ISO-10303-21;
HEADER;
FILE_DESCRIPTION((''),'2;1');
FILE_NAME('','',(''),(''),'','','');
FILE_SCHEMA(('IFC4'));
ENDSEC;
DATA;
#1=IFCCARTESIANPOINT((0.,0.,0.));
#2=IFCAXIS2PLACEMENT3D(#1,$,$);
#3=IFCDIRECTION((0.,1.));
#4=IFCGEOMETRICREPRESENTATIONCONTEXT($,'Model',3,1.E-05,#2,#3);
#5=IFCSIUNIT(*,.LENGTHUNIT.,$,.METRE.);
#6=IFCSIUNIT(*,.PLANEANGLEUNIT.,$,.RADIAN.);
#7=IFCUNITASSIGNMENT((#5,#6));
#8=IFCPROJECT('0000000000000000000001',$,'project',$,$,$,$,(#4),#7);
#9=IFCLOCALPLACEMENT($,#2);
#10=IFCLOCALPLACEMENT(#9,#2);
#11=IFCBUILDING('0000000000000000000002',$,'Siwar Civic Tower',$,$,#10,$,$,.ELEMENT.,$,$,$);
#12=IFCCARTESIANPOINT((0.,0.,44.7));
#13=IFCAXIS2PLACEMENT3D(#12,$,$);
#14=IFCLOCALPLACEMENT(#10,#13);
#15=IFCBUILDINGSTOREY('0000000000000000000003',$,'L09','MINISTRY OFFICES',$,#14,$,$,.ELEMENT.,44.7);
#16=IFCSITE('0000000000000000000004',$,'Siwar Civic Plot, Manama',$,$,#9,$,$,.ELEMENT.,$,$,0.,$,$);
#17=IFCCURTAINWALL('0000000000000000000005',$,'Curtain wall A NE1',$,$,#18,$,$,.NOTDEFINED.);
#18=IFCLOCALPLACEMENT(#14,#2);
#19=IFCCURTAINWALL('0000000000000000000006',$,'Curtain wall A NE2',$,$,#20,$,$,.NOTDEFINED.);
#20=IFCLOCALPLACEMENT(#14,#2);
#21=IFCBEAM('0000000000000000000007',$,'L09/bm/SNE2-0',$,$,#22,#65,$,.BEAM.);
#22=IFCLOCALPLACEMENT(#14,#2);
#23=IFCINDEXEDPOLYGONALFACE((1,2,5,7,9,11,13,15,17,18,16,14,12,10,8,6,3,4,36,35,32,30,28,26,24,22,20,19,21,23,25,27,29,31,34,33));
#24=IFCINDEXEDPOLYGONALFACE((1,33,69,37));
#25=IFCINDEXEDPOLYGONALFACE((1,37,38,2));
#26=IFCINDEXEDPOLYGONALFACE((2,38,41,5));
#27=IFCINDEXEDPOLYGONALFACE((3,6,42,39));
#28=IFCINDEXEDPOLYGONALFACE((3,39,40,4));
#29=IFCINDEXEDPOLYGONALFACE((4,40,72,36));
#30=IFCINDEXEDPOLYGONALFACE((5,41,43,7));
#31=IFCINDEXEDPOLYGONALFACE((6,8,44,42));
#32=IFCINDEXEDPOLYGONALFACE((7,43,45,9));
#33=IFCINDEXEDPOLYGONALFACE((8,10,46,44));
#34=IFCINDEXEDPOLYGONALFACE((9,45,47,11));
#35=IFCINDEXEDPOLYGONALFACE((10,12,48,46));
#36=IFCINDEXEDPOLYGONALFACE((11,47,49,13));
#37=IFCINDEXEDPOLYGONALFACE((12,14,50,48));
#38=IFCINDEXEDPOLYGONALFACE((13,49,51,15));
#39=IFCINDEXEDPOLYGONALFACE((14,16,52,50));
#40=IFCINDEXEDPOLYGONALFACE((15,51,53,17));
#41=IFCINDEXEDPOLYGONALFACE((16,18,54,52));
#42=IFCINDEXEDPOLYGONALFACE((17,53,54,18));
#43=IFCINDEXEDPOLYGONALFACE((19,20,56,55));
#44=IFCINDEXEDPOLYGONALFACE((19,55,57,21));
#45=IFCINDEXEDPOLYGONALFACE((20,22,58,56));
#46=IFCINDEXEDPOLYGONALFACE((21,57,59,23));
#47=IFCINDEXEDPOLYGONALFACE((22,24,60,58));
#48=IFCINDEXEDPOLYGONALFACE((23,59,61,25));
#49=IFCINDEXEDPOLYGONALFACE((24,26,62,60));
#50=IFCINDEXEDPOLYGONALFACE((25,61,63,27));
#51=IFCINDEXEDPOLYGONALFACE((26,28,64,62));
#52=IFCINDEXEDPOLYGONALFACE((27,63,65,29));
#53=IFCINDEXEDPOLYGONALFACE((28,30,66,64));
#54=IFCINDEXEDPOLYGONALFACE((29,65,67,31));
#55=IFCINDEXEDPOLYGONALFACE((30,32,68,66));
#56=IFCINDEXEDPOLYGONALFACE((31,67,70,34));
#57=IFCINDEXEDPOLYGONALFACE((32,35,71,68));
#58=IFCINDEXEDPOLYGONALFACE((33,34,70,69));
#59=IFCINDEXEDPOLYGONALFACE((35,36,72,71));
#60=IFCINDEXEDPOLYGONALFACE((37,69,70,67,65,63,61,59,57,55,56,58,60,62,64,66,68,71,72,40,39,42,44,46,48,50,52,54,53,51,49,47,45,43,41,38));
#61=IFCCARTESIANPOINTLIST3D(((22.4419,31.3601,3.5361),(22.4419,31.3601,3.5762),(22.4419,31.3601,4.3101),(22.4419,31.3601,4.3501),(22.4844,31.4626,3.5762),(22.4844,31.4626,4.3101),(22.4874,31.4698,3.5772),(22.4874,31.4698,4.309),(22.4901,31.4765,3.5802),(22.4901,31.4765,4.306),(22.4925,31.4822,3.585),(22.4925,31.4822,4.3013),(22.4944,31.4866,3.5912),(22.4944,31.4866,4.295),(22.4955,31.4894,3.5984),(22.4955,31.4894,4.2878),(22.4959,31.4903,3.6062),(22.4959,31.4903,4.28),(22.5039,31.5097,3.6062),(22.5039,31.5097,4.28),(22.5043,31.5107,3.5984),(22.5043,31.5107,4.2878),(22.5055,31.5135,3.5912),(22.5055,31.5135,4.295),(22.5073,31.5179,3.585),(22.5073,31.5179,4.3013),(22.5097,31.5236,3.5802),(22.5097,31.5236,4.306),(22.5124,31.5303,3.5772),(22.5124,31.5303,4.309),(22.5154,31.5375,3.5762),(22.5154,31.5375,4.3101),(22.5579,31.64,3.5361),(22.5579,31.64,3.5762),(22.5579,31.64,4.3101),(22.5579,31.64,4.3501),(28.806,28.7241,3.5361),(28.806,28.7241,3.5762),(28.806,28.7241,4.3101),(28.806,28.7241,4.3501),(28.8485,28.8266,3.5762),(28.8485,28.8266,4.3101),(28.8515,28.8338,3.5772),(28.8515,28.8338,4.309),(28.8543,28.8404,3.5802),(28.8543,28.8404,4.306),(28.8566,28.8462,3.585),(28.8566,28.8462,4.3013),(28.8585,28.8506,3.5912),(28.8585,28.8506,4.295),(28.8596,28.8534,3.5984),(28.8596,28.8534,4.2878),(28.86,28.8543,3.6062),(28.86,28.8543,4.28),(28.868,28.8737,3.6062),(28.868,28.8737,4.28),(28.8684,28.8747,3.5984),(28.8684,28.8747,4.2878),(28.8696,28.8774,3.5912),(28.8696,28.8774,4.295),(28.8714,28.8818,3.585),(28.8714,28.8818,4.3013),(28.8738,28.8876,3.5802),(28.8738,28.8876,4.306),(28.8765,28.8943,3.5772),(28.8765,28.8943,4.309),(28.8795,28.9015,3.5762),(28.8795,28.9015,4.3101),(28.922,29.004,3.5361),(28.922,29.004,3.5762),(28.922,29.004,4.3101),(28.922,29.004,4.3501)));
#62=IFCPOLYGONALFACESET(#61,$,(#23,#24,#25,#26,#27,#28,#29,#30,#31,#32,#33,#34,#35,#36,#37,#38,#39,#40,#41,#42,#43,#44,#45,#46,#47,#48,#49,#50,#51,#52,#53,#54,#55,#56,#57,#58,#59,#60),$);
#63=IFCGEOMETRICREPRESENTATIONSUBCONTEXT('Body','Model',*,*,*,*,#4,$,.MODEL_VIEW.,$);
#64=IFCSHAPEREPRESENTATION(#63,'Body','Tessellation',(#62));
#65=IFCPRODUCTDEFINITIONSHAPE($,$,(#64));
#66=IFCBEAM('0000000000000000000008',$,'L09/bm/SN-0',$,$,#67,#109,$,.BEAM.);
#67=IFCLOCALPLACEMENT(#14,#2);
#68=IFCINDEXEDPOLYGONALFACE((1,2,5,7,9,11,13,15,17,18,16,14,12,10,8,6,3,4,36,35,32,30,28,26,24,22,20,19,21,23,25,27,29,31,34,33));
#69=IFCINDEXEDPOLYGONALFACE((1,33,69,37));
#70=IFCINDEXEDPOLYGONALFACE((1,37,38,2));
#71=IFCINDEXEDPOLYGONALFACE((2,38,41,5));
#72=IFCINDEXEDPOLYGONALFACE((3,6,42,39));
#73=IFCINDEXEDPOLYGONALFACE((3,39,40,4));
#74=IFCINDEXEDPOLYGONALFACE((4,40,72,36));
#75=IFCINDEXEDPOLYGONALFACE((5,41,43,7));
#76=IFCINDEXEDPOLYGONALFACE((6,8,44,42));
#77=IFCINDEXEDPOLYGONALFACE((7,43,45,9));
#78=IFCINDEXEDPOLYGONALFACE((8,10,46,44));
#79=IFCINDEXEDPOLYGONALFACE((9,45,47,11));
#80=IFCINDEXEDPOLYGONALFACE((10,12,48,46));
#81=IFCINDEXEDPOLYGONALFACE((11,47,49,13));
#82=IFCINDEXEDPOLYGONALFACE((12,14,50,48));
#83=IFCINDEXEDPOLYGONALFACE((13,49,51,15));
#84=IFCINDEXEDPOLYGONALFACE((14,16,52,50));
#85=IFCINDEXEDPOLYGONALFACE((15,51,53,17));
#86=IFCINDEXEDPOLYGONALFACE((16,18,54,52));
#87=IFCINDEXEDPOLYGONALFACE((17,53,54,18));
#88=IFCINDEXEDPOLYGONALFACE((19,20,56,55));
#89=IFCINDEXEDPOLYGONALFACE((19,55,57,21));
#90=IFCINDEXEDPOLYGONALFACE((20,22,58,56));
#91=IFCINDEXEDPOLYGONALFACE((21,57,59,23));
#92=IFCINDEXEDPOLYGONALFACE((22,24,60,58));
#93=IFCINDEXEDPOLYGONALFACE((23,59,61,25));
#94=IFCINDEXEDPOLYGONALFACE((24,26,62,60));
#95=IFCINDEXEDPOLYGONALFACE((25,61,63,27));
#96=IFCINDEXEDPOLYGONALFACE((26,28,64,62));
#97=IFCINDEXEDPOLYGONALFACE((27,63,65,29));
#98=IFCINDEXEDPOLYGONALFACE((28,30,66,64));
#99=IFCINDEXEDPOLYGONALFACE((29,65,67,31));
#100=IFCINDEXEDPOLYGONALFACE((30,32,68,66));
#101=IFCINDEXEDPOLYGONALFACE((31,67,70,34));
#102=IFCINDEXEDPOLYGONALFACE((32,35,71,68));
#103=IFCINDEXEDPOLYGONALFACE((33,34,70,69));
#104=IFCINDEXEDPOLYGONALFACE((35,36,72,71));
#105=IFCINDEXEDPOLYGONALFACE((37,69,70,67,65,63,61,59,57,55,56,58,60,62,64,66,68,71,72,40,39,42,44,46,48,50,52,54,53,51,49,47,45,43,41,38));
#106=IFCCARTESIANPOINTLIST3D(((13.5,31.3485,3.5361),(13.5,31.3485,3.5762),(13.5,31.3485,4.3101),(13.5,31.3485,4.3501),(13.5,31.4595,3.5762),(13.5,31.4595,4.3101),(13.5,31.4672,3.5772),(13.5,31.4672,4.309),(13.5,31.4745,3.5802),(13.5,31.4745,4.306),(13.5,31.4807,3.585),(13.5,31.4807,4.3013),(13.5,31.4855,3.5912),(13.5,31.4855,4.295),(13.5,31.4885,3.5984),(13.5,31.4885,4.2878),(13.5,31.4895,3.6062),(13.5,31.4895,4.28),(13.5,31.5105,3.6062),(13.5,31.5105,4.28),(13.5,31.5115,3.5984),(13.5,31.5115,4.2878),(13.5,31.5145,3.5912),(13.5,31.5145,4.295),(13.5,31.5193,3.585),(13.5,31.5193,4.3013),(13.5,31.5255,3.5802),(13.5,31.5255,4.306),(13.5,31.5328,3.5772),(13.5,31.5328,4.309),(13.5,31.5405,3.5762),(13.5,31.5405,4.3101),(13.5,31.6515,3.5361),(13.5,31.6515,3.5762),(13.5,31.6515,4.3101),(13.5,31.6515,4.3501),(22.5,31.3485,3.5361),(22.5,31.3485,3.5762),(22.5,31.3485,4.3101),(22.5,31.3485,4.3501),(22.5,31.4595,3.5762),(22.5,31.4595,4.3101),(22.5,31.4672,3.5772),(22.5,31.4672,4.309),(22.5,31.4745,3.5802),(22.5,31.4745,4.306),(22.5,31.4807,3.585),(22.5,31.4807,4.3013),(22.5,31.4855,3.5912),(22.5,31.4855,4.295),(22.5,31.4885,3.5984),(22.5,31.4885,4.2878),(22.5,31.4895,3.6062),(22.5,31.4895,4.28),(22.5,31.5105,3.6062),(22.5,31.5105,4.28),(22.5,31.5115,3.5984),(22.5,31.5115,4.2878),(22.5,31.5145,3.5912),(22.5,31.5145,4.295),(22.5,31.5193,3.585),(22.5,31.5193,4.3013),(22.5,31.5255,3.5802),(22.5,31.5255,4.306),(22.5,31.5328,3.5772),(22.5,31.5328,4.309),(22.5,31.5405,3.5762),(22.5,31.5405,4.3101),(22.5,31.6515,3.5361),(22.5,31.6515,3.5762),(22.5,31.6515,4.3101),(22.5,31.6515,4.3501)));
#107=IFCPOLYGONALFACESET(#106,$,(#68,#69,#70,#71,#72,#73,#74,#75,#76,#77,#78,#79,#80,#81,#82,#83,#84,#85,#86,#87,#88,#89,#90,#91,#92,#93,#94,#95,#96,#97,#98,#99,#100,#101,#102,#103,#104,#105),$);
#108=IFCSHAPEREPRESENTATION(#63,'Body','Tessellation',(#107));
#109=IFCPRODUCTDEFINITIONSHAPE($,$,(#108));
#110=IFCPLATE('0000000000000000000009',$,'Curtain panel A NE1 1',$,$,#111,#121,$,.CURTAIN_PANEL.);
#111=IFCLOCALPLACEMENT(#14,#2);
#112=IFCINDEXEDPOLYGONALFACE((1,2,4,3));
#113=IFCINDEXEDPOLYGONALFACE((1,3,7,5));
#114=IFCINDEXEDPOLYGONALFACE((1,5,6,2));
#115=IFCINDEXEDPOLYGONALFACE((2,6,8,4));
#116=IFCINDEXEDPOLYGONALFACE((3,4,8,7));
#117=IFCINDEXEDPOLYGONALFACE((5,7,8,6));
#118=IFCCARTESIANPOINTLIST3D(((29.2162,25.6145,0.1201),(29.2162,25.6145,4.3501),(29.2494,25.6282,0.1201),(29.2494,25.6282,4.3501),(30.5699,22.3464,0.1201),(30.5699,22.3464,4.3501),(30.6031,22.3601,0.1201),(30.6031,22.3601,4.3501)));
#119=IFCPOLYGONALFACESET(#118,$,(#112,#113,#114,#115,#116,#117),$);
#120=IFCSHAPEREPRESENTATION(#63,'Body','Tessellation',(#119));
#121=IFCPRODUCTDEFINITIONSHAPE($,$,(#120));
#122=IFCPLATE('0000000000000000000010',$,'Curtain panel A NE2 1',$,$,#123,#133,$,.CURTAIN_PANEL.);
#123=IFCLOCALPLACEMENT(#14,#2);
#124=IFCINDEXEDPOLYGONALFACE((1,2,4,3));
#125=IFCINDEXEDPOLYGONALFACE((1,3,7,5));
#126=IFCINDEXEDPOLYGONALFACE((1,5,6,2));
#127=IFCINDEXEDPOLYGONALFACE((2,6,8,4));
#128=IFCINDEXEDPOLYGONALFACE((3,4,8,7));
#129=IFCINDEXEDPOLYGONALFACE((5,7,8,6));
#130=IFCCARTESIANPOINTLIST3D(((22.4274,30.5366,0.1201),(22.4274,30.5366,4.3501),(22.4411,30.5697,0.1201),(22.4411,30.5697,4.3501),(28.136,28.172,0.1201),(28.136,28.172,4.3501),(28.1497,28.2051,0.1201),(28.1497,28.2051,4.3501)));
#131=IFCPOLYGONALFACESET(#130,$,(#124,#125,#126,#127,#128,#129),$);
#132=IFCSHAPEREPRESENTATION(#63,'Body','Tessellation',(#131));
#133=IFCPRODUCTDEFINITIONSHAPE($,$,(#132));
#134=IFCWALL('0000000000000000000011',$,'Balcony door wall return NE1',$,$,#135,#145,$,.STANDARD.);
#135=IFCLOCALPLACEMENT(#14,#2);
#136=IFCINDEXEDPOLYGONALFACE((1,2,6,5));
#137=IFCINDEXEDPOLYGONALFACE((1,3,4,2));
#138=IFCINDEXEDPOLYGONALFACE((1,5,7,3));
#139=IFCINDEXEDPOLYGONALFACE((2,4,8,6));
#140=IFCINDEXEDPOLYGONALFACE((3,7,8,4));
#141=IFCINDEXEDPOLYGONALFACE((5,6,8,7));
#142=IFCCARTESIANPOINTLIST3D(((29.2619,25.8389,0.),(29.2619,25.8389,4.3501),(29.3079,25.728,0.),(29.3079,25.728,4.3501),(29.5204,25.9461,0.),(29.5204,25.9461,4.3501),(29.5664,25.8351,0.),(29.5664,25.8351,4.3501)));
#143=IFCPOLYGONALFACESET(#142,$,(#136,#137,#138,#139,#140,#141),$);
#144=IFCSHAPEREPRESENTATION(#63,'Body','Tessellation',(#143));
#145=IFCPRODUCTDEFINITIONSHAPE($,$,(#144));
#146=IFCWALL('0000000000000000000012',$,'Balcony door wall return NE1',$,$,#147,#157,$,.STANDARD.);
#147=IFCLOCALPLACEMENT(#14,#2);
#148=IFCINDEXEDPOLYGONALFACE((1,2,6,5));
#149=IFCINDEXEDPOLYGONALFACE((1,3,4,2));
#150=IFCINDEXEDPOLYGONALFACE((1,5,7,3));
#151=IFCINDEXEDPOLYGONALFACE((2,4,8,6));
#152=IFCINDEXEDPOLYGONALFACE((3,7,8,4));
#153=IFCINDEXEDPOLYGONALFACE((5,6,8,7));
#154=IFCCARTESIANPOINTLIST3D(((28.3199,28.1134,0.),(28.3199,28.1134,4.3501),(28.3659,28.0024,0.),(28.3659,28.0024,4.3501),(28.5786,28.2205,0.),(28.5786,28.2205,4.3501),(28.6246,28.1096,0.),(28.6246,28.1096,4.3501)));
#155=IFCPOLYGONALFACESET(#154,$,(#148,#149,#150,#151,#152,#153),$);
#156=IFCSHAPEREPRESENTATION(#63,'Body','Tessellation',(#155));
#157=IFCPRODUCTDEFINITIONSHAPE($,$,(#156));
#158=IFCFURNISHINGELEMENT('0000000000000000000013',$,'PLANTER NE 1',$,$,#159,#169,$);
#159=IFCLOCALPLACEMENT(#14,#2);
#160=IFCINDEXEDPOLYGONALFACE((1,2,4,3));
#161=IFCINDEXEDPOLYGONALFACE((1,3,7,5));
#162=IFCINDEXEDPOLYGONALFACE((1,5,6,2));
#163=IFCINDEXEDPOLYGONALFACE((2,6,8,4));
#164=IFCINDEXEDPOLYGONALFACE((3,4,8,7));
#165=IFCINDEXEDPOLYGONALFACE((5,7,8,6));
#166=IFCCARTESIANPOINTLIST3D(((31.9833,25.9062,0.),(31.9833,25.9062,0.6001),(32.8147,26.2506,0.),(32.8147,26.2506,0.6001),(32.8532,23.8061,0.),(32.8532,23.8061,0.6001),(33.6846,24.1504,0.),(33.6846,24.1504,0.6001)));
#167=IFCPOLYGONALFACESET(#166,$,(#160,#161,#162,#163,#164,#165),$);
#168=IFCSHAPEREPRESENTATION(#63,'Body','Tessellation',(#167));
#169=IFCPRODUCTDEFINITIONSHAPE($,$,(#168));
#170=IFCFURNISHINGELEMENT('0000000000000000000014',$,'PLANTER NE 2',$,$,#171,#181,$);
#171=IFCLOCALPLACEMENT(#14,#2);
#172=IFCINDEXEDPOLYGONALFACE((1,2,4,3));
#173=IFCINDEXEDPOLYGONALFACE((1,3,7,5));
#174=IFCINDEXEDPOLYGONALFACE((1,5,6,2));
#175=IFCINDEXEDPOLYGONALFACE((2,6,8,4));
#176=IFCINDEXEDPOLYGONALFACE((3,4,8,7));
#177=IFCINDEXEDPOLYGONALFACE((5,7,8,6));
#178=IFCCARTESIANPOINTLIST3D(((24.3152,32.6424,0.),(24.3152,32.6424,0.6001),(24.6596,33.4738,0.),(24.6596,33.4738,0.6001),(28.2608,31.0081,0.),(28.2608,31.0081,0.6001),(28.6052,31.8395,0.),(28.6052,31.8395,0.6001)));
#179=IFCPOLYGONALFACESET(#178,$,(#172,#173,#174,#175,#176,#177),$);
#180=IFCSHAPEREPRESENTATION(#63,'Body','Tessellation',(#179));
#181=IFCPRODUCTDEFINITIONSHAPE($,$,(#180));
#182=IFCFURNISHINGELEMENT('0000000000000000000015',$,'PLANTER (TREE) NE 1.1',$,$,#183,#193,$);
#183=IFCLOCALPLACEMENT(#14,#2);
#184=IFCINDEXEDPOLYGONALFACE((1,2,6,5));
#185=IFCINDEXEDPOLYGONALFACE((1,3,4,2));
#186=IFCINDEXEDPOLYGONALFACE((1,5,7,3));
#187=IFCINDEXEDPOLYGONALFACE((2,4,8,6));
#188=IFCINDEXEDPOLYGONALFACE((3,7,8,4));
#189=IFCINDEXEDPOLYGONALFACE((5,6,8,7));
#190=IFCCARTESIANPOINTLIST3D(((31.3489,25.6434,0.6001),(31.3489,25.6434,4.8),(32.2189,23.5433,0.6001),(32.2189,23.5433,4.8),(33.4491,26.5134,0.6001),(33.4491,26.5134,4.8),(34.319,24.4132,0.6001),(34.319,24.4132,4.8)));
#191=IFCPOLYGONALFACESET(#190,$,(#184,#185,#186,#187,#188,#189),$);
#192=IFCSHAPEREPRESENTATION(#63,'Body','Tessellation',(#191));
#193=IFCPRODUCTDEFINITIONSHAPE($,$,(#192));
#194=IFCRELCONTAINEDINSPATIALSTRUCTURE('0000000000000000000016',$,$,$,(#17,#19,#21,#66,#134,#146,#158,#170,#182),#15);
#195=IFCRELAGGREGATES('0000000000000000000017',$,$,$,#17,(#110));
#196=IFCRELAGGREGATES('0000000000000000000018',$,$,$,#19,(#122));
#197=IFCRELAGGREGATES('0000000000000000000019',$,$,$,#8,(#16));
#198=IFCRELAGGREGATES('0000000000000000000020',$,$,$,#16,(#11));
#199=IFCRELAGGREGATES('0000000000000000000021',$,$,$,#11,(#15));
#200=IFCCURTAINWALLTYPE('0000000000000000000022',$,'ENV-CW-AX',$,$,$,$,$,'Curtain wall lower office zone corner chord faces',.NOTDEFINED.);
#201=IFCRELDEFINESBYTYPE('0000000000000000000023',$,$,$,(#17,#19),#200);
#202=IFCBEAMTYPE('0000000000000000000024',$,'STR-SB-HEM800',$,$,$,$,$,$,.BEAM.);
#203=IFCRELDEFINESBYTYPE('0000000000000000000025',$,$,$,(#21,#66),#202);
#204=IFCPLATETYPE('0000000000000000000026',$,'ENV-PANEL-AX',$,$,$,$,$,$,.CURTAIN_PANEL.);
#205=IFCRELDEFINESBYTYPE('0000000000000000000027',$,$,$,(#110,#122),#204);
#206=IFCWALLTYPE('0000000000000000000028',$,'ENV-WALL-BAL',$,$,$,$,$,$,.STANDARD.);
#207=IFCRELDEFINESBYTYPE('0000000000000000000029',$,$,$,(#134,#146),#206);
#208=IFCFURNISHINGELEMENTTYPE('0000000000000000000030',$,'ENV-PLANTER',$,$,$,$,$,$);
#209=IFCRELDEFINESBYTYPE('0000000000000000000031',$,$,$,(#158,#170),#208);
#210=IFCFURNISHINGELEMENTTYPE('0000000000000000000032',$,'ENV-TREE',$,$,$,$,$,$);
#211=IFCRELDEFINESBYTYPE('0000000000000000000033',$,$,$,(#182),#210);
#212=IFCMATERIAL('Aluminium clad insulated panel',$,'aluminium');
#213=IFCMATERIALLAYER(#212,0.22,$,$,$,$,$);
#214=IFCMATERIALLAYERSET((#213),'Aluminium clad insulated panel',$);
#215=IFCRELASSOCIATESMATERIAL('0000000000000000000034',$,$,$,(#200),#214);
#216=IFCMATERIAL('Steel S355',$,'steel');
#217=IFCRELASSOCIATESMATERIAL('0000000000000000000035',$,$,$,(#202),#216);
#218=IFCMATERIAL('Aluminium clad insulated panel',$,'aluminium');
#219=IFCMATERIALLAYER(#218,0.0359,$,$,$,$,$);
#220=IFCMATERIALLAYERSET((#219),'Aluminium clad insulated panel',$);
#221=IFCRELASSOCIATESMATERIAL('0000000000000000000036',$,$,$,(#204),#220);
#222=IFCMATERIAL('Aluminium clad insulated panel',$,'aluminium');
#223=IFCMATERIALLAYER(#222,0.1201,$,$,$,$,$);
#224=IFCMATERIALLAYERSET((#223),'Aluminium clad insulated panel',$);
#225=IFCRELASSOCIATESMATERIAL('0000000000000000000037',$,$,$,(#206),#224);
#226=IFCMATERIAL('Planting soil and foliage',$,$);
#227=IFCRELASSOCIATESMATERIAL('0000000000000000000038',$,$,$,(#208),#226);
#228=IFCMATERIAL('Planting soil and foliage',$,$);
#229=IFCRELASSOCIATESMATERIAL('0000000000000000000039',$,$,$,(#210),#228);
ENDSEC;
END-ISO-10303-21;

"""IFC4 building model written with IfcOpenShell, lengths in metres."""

from ifc_helpers import new_model, si_unit, direction, frame, frame_2d, origin, origin_2d, place, context, subcontext, project, spatial, rectangle, i_section, extrude, material, layer, layer_set, material_profile, profile_set, type_object, element, aggregate, save


model = new_model("IFC4")

# Units and contexts
model_context = context("Model", 3, precision=1e-05, world=origin(), true_north=direction((0.0, 1.0)))
body_context = subcontext(model_context, "Body", "Model", "MODEL_VIEW")
ifc_project = project(units=[si_unit("LENGTHUNIT", "METRE"), si_unit("PLANEANGLEUNIT", "RADIAN")], contexts=[model_context])

# Site, building, storey
site_placement = place(None, origin())
site = spatial("IfcSite", under=ifc_project, at=site_placement, Name="Siwar Civic Plot, Manama", CompositionType="ELEMENT", RefElevation=0.0)
building_placement = place(site_placement, origin())
building = spatial("IfcBuilding", under=site, at=building_placement, Name="Siwar Civic Tower", CompositionType="ELEMENT")
storey_placement = place(building_placement, frame((0.0, 0.0, 44.7)))
storey = spatial("IfcBuildingStorey", under=building, at=storey_placement, Name="L09", Description="MINISTRY OFFICES", CompositionType="ELEMENT", Elevation=44.7)

# Curtain walls
ifc_material_1 = material(Name="Aluminium clad insulated panel", Category="aluminium")
ifc_layer_1 = layer(ifc_material_1, 0.22)
ifc_layer_set_1 = layer_set([ifc_layer_1], Name="Aluminium clad insulated panel")
curtain_wall_type_1 = type_object("IfcCurtainWallType", Name="ENV-CW-AX", ElementType="Curtain wall lower office zone corner chord faces", PredefinedType="NOTDEFINED", material=ifc_layer_set_1)
curtain_wall_1_placement = place(storey_placement, origin())
curtain_wall_1 = element("IfcCurtainWall", 1, at=curtain_wall_1_placement, inside=storey, type_object=curtain_wall_type_1, Name="Curtain wall A NE1", PredefinedType="NOTDEFINED")
curtain_wall_2_placement = place(storey_placement, origin())
curtain_wall_2 = element("IfcCurtainWall", 2, at=curtain_wall_2_placement, inside=storey, type_object=curtain_wall_type_1, Name="Curtain wall A NE2", PredefinedType="NOTDEFINED")

# Beams
ifc_material_2 = material(Name="Steel S355", Category="steel")
ifc_material_profile_1 = material_profile(ifc_material_2, i_section(OverallWidth=0.303, OverallDepth=0.814, WebThickness=0.021, FlangeThickness=0.04, FilletRadius=0.03, at=origin_2d()), Name="HEM800")
ifc_profile_set_1 = profile_set([ifc_material_profile_1], Name="Steel S355")
beam_type_1 = type_object("IfcBeamType", Name="STR-SB-HEM800", PredefinedType="BEAM", material=ifc_profile_set_1)
beam_1_placement = place(storey_placement, frame((28.864, 28.864, 3.9431), z_axis=(-0.923883, 0.382674, 0.0), x_axis=(-0.382674, -0.923883, 0.0)))
element("IfcBeam", 3, at=beam_1_placement, inside=storey, type_object=beam_type_1, Name="L09/bm/SNE2-0", PredefinedType="BEAM", context=body_context, shape_type="SweptSolid", body=[
    extrude(i_section(OverallWidth=0.303, OverallDepth=0.814, WebThickness=0.021, FlangeThickness=0.04, FilletRadius=0.03, at=origin_2d()), origin(), (0.0, 0.0, 1.0), 6.8884),
])
beam_2_placement = place(storey_placement, frame((22.5, 31.5, 3.9431), z_axis=(-1.0, 0.0, 0.0), x_axis=(0.0, -1.0, 0.0)))
element("IfcBeam", 4, at=beam_2_placement, inside=storey, type_object=beam_type_1, Name="L09/bm/SN-0", PredefinedType="BEAM", context=body_context, shape_type="SweptSolid", body=[
    extrude(i_section(OverallWidth=0.303, OverallDepth=0.814, WebThickness=0.021, FlangeThickness=0.04, FilletRadius=0.03, at=origin_2d()), origin(), (0.0, 0.0, 1.0), 9.0),
])

# Plates
ifc_material_3 = material(Name="Aluminium clad insulated panel", Category="aluminium")
ifc_layer_2 = layer(ifc_material_3, 0.0359)
ifc_layer_set_2 = layer_set([ifc_layer_2], Name="Aluminium clad insulated panel")
plate_type = type_object("IfcPlateType", Name="ENV-PANEL-AX", PredefinedType="CURTAIN_PANEL", material=ifc_layer_set_2)
plate_1_placement = place(storey_placement, frame((29.9097, 23.9873, 0.1201), z_axis=(0.0, 0.0, 1.0), x_axis=(-0.382683, 0.92388, 0.0)))
plate_1 = element("IfcPlate", 5, at=plate_1_placement, type_object=plate_type, Name="Curtain panel A NE1 1", PredefinedType="CURTAIN_PANEL", context=body_context, shape_type="SweptSolid", body=[
    extrude(rectangle(XDim=3.5374, YDim=0.0359, at=origin_2d()), origin(), (0.0, 0.0, 1.0), 4.23),
])
aggregate(curtain_wall_1, [plate_1])
plate_2_placement = place(storey_placement, frame((25.2886, 29.3708, 0.1201), z_axis=(0.0, 0.0, 1.0), x_axis=(-0.92388, 0.382683, 0.0)))
plate_2 = element("IfcPlate", 6, at=plate_2_placement, type_object=plate_type, Name="Curtain panel A NE2 1", PredefinedType="CURTAIN_PANEL", context=body_context, shape_type="SweptSolid", body=[
    extrude(rectangle(XDim=6.179, YDim=0.0359, at=origin_2d()), origin(), (0.0, 0.0, 1.0), 4.23),
])
aggregate(curtain_wall_2, [plate_2])

# Walls
ifc_material_4 = material(Name="Aluminium clad insulated panel", Category="aluminium")
ifc_layer_3 = layer(ifc_material_4, 0.1201)
ifc_layer_set_3 = layer_set([ifc_layer_3], Name="Aluminium clad insulated panel")
wall_type = type_object("IfcWallType", Name="ENV-WALL-BAL", PredefinedType="STANDARD", material=ifc_layer_set_3)
wall_1_placement = place(storey_placement, frame((29.2849, 25.7834, 0.0), z_axis=(0.0, 0.0, 1.0), x_axis=(0.923772, 0.382942, 0.0)))
element("IfcWall", 7, at=wall_1_placement, inside=storey, type_object=wall_type, Name="Balcony door wall return NE1", PredefinedType="STANDARD", context=body_context, shape_type="SweptSolid", body=[
    extrude(rectangle(XDim=0.2798, YDim=0.1201, at=frame_2d((0.1399, 0.0))), origin(), (0.0, 0.0, 1.0), 4.3501),
])
wall_2_placement = place(storey_placement, frame((28.3428, 28.0579, 0.0), z_axis=(0.0, 0.0, 1.0), x_axis=(0.9239, 0.382634, 0.0)))
element("IfcWall", 8, at=wall_2_placement, inside=storey, type_object=wall_type, Name="Balcony door wall return NE1", PredefinedType="STANDARD", context=body_context, shape_type="SweptSolid", body=[
    extrude(rectangle(XDim=0.28, YDim=0.1201, at=frame_2d((0.1401, 0.0))), origin(), (0.0, 0.0, 1.0), 4.3501),
])

# Furnishing elements
ifc_material_5 = material(Name="Planting soil and foliage")
furnishing_element_type_1 = type_object("IfcFurnishingElementType", Name="ENV-PLANTER", material=ifc_material_5)
furnishing_1_placement = place(storey_placement, frame((32.834, 25.0283, 0.0), z_axis=(0.0, 0.0, 1.0), x_axis=(-0.382683, 0.92388, 0.0)))
element("IfcFurnishingElement", 9, at=furnishing_1_placement, inside=storey, type_object=furnishing_element_type_1, Name="PLANTER NE 1", context=body_context, shape_type="SweptSolid", body=[
    extrude(rectangle(XDim=2.2732, YDim=0.8999, at=origin_2d()), origin(), (0.0, 0.0, 1.0), 0.6001),
])
furnishing_2_placement = place(storey_placement, frame((26.4602, 32.241, 0.0), z_axis=(0.0, 0.0, 1.0), x_axis=(-0.92388, 0.382683, 0.0)))
element("IfcFurnishingElement", 10, at=furnishing_2_placement, inside=storey, type_object=furnishing_element_type_1, Name="PLANTER NE 2", context=body_context, shape_type="SweptSolid", body=[
    extrude(rectangle(XDim=4.2708, YDim=0.8999, at=origin_2d()), origin(), (0.0, 0.0, 1.0), 0.6001),
])
ifc_material_6 = material(Name="Planting soil and foliage")
furnishing_element_type_2 = type_object("IfcFurnishingElementType", Name="ENV-TREE", material=ifc_material_6)
furnishing_3_placement = place(storey_placement, frame((32.834, 25.0283, 0.6001), z_axis=(0.0, 0.0, 1.0), x_axis=(-0.382683, 0.92388, 0.0)))
element("IfcFurnishingElement", 11, at=furnishing_3_placement, inside=storey, type_object=furnishing_element_type_2, Name="PLANTER (TREE) NE 1.1", context=body_context, shape_type="SweptSolid", body=[
    extrude(rectangle(XDim=2.2732, YDim=2.2732, at=origin_2d()), origin(), (0.0, 0.0, 1.0), 4.2),
])

save(model, "model.ifc")
